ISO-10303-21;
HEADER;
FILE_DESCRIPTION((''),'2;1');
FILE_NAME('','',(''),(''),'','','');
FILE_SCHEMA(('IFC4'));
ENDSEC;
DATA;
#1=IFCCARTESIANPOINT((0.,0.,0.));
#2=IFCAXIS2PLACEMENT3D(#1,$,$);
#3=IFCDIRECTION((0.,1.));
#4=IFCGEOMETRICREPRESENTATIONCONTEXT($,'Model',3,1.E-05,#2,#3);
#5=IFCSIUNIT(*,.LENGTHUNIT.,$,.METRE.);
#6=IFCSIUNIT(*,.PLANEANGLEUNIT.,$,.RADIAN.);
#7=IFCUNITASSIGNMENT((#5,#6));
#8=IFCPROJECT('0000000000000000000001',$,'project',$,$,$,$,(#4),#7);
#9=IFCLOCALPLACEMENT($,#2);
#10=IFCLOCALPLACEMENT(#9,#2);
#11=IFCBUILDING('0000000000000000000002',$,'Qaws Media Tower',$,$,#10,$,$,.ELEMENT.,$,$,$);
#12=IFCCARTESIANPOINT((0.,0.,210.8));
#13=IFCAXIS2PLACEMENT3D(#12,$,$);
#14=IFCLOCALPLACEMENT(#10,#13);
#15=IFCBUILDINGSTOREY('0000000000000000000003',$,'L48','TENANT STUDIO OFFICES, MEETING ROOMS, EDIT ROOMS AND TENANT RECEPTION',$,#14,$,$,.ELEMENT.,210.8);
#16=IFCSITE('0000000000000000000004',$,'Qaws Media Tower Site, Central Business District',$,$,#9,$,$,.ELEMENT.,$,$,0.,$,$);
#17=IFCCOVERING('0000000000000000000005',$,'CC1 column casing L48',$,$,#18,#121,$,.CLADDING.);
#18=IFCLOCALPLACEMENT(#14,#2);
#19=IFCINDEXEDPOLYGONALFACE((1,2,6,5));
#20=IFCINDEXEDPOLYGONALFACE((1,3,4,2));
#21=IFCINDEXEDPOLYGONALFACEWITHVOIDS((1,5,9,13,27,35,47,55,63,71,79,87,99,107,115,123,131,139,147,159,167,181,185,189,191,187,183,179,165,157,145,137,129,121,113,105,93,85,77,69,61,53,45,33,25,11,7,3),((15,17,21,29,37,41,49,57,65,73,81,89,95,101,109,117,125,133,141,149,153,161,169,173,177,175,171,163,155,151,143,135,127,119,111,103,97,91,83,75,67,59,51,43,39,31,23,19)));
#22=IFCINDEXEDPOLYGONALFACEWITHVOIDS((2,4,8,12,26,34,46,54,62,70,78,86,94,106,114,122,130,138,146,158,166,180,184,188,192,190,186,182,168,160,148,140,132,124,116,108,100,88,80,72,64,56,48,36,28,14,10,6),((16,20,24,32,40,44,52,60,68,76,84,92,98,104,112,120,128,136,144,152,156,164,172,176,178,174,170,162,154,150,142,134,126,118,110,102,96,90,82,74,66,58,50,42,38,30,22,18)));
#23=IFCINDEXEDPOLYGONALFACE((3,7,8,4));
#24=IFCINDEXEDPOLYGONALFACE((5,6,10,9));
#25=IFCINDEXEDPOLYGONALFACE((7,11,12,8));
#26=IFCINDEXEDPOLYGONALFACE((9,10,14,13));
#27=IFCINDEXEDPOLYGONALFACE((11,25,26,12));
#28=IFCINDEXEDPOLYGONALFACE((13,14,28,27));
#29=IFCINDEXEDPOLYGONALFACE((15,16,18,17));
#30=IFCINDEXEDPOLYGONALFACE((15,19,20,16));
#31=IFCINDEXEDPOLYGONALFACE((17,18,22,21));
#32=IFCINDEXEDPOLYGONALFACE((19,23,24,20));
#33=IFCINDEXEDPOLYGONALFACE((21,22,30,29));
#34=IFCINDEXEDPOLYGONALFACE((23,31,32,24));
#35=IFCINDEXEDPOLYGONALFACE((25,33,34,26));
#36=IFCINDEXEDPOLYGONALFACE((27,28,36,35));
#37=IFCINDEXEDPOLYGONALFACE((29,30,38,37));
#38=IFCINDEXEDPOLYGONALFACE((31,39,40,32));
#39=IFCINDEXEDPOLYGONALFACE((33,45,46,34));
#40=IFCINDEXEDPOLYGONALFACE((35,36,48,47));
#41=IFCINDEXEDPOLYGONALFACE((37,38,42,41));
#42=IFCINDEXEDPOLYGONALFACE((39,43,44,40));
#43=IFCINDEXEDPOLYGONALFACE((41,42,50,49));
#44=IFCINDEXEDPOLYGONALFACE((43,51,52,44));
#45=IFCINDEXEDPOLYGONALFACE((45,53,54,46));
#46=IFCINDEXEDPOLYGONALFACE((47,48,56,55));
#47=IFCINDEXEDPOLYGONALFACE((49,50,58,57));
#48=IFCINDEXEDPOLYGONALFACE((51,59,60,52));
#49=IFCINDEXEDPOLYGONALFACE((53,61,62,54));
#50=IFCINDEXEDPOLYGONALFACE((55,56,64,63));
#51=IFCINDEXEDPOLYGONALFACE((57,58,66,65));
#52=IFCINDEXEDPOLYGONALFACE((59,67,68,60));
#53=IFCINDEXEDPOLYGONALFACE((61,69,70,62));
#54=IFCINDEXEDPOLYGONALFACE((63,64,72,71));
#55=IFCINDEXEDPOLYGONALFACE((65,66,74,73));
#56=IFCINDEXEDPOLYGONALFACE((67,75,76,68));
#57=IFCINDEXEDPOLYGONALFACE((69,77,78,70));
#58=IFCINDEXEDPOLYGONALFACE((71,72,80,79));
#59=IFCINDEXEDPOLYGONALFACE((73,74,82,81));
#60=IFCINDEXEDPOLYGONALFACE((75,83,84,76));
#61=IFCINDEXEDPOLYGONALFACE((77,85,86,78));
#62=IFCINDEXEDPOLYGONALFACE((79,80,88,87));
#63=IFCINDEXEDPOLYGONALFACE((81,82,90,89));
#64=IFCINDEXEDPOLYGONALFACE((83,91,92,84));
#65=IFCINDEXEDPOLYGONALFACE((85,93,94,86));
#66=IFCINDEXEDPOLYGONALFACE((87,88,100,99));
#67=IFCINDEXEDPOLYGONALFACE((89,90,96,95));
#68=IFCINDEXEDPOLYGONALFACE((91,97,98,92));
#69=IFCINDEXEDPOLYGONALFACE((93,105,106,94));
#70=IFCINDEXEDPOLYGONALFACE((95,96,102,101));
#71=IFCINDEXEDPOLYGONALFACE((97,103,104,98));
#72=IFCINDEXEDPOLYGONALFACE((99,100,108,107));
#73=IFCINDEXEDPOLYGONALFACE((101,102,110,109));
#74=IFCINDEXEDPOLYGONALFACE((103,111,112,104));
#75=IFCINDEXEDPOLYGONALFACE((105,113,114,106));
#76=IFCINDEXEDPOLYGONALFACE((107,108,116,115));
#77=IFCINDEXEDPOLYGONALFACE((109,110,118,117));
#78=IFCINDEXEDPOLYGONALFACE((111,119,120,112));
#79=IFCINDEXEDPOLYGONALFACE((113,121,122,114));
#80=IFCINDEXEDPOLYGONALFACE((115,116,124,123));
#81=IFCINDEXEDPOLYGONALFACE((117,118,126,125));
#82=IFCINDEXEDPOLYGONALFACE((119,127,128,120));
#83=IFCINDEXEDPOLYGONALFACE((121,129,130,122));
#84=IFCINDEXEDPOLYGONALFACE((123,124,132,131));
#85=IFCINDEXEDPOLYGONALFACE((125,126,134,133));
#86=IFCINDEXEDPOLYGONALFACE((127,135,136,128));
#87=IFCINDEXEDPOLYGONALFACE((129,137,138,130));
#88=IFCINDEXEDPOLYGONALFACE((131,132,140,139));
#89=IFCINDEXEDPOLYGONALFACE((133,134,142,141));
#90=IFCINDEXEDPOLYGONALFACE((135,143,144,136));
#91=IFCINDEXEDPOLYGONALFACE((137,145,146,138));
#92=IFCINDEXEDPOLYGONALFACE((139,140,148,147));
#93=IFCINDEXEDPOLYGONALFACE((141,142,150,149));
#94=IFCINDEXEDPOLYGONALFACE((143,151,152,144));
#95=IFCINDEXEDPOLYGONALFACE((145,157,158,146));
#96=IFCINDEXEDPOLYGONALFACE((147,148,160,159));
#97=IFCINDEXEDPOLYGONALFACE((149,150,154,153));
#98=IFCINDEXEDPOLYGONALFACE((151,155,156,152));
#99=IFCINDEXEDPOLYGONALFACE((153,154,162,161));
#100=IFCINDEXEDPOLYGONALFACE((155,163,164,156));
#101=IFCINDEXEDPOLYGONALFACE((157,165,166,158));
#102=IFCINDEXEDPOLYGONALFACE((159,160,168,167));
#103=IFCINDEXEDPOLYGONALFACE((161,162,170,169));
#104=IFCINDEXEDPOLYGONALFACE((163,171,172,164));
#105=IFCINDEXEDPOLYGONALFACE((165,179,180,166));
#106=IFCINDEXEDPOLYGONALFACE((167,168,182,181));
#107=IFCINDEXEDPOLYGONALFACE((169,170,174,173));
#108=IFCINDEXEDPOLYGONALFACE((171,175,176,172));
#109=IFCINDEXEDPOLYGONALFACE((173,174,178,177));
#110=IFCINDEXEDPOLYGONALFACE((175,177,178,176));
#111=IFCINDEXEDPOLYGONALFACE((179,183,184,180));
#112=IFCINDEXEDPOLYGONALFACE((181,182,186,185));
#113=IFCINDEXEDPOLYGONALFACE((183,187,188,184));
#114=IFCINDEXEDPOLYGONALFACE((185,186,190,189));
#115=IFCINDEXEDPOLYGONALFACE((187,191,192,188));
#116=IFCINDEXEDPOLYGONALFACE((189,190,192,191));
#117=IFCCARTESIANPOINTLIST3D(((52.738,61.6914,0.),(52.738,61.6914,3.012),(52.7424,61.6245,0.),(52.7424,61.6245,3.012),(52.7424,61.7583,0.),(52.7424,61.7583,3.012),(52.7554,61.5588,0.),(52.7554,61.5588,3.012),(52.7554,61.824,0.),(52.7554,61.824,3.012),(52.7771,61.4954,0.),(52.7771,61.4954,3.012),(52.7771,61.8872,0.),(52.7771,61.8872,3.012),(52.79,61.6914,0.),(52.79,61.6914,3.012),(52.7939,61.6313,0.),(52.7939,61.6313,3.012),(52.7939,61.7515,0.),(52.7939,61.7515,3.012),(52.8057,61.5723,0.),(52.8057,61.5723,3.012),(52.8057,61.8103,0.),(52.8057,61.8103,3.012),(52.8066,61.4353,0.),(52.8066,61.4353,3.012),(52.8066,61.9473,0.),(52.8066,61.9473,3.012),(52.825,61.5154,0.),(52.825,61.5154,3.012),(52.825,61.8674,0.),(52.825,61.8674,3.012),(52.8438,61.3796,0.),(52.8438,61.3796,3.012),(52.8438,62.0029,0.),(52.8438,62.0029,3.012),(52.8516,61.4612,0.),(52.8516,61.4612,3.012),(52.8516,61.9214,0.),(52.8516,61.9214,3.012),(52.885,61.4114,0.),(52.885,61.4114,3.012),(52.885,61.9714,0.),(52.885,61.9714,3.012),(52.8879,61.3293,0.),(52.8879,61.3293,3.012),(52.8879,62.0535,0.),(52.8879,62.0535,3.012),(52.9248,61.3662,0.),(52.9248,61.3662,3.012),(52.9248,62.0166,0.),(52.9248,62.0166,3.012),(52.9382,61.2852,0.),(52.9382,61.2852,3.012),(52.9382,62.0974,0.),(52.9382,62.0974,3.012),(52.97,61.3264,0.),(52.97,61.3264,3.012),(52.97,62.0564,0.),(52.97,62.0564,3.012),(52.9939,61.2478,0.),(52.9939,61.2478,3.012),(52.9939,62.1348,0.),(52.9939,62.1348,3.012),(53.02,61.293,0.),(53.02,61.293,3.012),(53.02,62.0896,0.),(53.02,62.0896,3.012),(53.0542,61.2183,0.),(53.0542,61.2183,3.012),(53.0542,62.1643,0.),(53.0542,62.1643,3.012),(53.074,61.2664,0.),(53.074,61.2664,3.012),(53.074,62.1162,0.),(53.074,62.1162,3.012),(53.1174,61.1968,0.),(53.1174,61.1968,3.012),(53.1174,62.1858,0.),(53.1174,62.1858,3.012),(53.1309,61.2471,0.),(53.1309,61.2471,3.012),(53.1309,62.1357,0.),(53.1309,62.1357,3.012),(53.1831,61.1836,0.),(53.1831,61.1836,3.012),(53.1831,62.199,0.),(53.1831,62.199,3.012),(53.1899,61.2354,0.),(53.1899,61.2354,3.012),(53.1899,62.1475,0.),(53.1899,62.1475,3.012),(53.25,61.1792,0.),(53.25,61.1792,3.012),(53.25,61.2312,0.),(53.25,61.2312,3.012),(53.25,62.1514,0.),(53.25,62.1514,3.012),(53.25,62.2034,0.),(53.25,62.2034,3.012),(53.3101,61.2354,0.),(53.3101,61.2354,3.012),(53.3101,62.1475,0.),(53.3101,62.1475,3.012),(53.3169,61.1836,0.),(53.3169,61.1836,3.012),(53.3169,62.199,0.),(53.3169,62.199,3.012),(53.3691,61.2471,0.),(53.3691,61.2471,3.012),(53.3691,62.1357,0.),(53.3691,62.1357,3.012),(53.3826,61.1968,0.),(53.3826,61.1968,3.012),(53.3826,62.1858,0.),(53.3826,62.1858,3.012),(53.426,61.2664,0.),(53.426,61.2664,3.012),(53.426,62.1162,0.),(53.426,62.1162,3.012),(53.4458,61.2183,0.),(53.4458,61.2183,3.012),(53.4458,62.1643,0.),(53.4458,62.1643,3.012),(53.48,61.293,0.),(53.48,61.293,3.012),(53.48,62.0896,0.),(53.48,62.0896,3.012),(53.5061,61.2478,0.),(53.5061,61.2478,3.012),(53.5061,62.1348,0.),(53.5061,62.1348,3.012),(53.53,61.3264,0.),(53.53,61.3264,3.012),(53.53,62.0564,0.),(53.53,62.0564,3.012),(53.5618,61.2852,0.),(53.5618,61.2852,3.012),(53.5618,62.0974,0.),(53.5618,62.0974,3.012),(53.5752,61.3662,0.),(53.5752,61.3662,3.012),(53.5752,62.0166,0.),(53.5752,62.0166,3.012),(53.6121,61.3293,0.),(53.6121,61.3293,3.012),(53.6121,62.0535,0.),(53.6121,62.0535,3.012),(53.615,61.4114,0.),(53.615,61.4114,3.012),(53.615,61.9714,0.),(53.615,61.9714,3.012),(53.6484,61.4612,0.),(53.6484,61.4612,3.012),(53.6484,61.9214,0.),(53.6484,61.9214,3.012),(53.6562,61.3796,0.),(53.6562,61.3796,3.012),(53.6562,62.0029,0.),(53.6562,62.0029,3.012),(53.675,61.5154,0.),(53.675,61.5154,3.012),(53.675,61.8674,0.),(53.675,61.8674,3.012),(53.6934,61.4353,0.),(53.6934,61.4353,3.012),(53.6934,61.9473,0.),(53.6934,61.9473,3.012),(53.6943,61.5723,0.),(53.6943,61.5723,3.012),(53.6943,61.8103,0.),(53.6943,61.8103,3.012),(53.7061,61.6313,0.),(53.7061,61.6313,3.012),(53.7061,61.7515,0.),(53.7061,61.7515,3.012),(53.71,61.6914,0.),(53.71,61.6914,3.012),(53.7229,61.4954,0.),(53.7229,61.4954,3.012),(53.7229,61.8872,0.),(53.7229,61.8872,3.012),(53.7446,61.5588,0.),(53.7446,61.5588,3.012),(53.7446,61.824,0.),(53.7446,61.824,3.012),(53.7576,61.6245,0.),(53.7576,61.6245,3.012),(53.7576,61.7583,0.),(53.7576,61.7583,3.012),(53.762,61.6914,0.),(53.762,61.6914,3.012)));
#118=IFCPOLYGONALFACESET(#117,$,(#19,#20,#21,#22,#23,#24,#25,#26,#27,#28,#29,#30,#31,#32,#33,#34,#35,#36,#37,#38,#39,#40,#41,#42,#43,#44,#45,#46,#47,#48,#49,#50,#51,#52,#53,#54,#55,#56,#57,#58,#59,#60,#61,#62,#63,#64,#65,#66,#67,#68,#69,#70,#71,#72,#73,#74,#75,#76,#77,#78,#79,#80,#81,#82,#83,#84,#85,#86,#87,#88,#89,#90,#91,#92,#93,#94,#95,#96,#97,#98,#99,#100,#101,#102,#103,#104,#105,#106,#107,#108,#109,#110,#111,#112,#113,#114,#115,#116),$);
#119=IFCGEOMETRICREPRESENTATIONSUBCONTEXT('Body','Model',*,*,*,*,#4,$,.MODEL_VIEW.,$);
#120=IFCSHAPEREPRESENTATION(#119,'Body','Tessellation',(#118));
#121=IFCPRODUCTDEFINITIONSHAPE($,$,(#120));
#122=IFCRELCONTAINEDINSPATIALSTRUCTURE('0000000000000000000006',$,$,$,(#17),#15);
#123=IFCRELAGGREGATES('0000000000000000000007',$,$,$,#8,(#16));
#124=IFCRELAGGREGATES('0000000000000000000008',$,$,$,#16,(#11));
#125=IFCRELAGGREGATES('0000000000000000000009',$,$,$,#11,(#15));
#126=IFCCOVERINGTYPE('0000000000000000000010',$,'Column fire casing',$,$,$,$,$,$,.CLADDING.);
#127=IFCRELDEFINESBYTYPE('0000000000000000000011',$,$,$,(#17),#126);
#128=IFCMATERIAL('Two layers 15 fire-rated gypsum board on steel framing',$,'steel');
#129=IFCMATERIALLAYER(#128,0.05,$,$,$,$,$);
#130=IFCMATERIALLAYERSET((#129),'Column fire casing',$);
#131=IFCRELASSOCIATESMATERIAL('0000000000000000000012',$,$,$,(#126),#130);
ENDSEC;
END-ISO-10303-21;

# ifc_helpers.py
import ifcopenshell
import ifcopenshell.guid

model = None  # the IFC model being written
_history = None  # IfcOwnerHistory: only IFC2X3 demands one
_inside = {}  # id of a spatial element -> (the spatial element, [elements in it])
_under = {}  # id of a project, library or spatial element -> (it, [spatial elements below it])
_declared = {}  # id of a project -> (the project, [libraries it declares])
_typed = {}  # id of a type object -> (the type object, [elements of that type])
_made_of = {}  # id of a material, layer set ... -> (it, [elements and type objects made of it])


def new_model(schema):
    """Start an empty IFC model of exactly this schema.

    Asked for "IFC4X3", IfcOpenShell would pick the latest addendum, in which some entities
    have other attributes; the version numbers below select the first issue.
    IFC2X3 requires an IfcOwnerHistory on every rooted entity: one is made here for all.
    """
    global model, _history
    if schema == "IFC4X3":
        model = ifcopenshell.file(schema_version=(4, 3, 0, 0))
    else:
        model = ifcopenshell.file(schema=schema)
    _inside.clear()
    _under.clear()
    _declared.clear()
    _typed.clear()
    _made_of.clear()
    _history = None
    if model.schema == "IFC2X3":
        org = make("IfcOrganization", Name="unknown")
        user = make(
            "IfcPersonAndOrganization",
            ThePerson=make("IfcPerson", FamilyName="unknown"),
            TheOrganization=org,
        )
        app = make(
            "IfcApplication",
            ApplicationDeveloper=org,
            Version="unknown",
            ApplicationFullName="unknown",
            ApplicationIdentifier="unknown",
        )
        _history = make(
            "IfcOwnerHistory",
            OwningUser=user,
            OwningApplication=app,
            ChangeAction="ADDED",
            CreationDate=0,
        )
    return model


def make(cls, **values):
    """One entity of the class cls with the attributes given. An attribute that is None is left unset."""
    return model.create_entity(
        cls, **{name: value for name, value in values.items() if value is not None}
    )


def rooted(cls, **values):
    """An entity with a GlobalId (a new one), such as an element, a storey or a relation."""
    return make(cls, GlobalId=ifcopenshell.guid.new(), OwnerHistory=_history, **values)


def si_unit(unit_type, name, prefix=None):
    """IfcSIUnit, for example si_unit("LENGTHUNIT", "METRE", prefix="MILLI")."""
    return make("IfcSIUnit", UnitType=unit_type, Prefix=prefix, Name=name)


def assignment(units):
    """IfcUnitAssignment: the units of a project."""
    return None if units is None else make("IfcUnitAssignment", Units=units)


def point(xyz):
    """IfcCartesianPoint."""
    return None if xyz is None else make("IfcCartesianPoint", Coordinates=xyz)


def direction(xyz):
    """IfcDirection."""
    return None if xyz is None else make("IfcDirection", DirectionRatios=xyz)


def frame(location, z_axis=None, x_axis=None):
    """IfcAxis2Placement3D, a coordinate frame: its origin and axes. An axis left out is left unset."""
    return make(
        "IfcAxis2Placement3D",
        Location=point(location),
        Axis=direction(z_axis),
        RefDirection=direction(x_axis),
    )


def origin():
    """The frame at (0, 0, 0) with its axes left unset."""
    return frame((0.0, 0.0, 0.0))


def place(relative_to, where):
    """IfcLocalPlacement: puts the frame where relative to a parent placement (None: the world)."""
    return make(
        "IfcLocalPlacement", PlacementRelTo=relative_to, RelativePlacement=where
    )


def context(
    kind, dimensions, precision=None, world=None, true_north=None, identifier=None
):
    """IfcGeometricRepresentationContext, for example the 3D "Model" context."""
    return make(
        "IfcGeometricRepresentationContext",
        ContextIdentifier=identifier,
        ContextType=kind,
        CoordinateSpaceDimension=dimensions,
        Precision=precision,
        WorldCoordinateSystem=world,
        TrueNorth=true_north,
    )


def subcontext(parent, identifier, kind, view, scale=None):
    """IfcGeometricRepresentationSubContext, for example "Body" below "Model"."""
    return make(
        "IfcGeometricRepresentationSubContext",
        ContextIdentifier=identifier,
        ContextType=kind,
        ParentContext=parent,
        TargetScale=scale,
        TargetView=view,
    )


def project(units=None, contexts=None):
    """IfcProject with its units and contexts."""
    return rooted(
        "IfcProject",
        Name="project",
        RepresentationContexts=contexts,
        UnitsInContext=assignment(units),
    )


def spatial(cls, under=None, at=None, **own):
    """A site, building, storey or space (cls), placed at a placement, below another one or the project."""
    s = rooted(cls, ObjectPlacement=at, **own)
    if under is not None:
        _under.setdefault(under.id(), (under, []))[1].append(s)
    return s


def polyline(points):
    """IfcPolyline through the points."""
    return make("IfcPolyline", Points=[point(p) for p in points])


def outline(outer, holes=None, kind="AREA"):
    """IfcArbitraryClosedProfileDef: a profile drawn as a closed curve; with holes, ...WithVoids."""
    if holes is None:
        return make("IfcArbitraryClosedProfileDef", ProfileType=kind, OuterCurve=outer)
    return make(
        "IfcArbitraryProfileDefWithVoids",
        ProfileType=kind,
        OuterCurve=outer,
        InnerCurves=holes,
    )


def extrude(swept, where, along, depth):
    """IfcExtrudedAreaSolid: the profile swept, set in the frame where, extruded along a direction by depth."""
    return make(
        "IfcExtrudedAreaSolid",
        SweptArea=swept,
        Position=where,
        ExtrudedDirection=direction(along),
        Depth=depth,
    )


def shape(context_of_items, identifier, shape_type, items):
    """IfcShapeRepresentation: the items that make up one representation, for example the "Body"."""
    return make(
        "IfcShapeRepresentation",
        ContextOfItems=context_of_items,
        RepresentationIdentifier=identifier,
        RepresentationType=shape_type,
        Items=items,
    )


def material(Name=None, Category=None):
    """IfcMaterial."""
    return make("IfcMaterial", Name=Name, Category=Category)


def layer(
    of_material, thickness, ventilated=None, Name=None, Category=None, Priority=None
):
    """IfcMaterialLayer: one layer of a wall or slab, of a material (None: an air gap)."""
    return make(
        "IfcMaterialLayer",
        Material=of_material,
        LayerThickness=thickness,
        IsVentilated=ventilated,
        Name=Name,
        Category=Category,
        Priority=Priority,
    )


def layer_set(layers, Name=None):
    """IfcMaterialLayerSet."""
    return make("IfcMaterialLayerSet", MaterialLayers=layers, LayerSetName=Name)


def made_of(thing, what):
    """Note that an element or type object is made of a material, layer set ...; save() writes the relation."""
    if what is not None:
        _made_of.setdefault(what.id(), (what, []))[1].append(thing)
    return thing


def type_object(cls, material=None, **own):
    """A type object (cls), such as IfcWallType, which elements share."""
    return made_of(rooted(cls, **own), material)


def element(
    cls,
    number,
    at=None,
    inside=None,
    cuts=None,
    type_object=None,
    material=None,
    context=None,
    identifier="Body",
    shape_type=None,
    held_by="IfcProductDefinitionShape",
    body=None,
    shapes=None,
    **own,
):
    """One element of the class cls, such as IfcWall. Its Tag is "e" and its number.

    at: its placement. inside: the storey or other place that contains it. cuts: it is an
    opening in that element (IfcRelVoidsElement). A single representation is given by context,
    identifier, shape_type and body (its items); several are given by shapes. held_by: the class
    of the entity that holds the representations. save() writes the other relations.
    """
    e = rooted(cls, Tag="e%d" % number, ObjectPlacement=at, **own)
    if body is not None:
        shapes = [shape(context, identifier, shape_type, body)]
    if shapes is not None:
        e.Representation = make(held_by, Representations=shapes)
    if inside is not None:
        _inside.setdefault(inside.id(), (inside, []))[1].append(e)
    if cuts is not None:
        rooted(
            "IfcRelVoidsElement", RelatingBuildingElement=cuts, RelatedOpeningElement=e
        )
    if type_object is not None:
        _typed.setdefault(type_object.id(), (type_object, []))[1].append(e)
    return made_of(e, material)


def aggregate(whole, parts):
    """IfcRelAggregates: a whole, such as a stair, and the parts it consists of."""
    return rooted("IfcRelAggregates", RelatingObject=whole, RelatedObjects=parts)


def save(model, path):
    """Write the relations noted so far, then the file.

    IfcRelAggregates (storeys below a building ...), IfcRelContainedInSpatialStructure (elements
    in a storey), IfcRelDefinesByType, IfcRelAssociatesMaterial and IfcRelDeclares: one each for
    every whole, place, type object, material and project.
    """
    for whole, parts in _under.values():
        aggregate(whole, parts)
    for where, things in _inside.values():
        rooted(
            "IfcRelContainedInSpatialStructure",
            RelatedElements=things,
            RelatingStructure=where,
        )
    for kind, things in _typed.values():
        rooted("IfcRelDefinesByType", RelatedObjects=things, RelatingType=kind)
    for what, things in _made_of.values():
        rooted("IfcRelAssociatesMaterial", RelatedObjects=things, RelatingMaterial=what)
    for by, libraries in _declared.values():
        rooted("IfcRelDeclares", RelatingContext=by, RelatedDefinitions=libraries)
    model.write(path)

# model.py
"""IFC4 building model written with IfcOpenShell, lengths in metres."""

from ifc_helpers import new_model, si_unit, direction, frame, origin, place, context, subcontext, project, spatial, polyline, outline, extrude, material, layer, layer_set, type_object, element, save


model = new_model("IFC4")

# Units and contexts
model_context = context("Model", 3, precision=1e-05, world=origin(), true_north=direction((0.0, 1.0)))
body_context = subcontext(model_context, "Body", "Model", "MODEL_VIEW")
ifc_project = project(units=[si_unit("LENGTHUNIT", "METRE"), si_unit("PLANEANGLEUNIT", "RADIAN")], contexts=[model_context])

# Site, building, storey
site_placement = place(None, origin())
site = spatial("IfcSite", under=ifc_project, at=site_placement, Name="Qaws Media Tower Site, Central Business District", CompositionType="ELEMENT", RefElevation=0.0)
building_placement = place(site_placement, origin())
building = spatial("IfcBuilding", under=site, at=building_placement, Name="Qaws Media Tower", CompositionType="ELEMENT")
storey_placement = place(building_placement, frame((0.0, 0.0, 210.8)))
storey = spatial("IfcBuildingStorey", under=building, at=storey_placement, Name="L48", Description="TENANT STUDIO OFFICES, MEETING ROOMS, EDIT ROOMS AND TENANT RECEPTION", CompositionType="ELEMENT", Elevation=210.8)

# Covering
ifc_material_1 = material(Name="Two layers 15 fire-rated gypsum board on steel framing", Category="steel")
ifc_layer_1 = layer(ifc_material_1, 0.05)
ifc_layer_set_1 = layer_set([ifc_layer_1], Name="Column fire casing")
covering_type_1 = type_object("IfcCoveringType", Name="Column fire casing", PredefinedType="CLADDING", material=ifc_layer_set_1)
covering_1_placement = place(storey_placement, origin())
element("IfcCovering", 1, at=covering_1_placement, inside=storey, type_object=covering_type_1, Name="CC1 column casing L48", PredefinedType="CLADDING", context=body_context, shape_type="SweptSolid", body=[
    extrude(outline(polyline([(53.762, 61.6914), (53.7576, 61.6245), (53.7446, 61.5588), (53.7229, 61.4954), (53.6934, 61.4353), (53.6562, 61.3796), (53.6121, 61.3293), (53.5618, 61.2852), (53.5061, 61.2478), (53.4458, 61.2183), (53.3826, 61.1968), (53.3169, 61.1836), (53.25, 61.1792), (53.1831, 61.1836), (53.1174, 61.1968), (53.0542, 61.2183), (52.9939, 61.2478), (52.9382, 61.2852), (52.8879, 61.3293), (52.8438, 61.3796), (52.8066, 61.4353), (52.7771, 61.4954), (52.7554, 61.5588), (52.7424, 61.6245), (52.738, 61.6914), (52.7424, 61.7583), (52.7554, 61.824), (52.7771, 61.8872), (52.8066, 61.9473), (52.8438, 62.0029), (52.8879, 62.0535), (52.9382, 62.0974), (52.9939, 62.1348), (53.0542, 62.1643), (53.1174, 62.1858), (53.1831, 62.199), (53.25, 62.2034), (53.3169, 62.199), (53.3826, 62.1858), (53.4458, 62.1643), (53.5061, 62.1348), (53.5618, 62.0974), (53.6121, 62.0535), (53.6562, 62.0029), (53.6934, 61.9473), (53.7229, 61.8872), (53.7446, 61.824), (53.7576, 61.7583), (53.762, 61.6914)]), holes=[polyline([(53.71, 61.6914), (53.7061, 61.6313), (53.6943, 61.5723), (53.675, 61.5154), (53.6484, 61.4612), (53.615, 61.4114), (53.5752, 61.3662), (53.53, 61.3264), (53.48, 61.293), (53.426, 61.2664), (53.3691, 61.2471), (53.3101, 61.2354), (53.25, 61.2312), (53.1899, 61.2354), (53.1309, 61.2471), (53.074, 61.2664), (53.02, 61.293), (52.97, 61.3264), (52.9248, 61.3662), (52.885, 61.4114), (52.8516, 61.4612), (52.825, 61.5154), (52.8057, 61.5723), (52.7939, 61.6313), (52.79, 61.6914), (52.7939, 61.7515), (52.8057, 61.8103), (52.825, 61.8674), (52.8516, 61.9214), (52.885, 61.9714), (52.9248, 62.0166), (52.97, 62.0564), (53.02, 62.0896), (53.074, 62.1162), (53.1309, 62.1357), (53.1899, 62.1475), (53.25, 62.1514), (53.3101, 62.1475), (53.3691, 62.1357), (53.426, 62.1162), (53.48, 62.0896), (53.53, 62.0564), (53.5752, 62.0166), (53.615, 61.9714), (53.6484, 61.9214), (53.675, 61.8674), (53.6943, 61.8103), (53.7061, 61.7515), (53.71, 61.6914)])]), origin(), (0.0, 0.0, 1.0), 3.012),
])

save(model, "model.ifc")
